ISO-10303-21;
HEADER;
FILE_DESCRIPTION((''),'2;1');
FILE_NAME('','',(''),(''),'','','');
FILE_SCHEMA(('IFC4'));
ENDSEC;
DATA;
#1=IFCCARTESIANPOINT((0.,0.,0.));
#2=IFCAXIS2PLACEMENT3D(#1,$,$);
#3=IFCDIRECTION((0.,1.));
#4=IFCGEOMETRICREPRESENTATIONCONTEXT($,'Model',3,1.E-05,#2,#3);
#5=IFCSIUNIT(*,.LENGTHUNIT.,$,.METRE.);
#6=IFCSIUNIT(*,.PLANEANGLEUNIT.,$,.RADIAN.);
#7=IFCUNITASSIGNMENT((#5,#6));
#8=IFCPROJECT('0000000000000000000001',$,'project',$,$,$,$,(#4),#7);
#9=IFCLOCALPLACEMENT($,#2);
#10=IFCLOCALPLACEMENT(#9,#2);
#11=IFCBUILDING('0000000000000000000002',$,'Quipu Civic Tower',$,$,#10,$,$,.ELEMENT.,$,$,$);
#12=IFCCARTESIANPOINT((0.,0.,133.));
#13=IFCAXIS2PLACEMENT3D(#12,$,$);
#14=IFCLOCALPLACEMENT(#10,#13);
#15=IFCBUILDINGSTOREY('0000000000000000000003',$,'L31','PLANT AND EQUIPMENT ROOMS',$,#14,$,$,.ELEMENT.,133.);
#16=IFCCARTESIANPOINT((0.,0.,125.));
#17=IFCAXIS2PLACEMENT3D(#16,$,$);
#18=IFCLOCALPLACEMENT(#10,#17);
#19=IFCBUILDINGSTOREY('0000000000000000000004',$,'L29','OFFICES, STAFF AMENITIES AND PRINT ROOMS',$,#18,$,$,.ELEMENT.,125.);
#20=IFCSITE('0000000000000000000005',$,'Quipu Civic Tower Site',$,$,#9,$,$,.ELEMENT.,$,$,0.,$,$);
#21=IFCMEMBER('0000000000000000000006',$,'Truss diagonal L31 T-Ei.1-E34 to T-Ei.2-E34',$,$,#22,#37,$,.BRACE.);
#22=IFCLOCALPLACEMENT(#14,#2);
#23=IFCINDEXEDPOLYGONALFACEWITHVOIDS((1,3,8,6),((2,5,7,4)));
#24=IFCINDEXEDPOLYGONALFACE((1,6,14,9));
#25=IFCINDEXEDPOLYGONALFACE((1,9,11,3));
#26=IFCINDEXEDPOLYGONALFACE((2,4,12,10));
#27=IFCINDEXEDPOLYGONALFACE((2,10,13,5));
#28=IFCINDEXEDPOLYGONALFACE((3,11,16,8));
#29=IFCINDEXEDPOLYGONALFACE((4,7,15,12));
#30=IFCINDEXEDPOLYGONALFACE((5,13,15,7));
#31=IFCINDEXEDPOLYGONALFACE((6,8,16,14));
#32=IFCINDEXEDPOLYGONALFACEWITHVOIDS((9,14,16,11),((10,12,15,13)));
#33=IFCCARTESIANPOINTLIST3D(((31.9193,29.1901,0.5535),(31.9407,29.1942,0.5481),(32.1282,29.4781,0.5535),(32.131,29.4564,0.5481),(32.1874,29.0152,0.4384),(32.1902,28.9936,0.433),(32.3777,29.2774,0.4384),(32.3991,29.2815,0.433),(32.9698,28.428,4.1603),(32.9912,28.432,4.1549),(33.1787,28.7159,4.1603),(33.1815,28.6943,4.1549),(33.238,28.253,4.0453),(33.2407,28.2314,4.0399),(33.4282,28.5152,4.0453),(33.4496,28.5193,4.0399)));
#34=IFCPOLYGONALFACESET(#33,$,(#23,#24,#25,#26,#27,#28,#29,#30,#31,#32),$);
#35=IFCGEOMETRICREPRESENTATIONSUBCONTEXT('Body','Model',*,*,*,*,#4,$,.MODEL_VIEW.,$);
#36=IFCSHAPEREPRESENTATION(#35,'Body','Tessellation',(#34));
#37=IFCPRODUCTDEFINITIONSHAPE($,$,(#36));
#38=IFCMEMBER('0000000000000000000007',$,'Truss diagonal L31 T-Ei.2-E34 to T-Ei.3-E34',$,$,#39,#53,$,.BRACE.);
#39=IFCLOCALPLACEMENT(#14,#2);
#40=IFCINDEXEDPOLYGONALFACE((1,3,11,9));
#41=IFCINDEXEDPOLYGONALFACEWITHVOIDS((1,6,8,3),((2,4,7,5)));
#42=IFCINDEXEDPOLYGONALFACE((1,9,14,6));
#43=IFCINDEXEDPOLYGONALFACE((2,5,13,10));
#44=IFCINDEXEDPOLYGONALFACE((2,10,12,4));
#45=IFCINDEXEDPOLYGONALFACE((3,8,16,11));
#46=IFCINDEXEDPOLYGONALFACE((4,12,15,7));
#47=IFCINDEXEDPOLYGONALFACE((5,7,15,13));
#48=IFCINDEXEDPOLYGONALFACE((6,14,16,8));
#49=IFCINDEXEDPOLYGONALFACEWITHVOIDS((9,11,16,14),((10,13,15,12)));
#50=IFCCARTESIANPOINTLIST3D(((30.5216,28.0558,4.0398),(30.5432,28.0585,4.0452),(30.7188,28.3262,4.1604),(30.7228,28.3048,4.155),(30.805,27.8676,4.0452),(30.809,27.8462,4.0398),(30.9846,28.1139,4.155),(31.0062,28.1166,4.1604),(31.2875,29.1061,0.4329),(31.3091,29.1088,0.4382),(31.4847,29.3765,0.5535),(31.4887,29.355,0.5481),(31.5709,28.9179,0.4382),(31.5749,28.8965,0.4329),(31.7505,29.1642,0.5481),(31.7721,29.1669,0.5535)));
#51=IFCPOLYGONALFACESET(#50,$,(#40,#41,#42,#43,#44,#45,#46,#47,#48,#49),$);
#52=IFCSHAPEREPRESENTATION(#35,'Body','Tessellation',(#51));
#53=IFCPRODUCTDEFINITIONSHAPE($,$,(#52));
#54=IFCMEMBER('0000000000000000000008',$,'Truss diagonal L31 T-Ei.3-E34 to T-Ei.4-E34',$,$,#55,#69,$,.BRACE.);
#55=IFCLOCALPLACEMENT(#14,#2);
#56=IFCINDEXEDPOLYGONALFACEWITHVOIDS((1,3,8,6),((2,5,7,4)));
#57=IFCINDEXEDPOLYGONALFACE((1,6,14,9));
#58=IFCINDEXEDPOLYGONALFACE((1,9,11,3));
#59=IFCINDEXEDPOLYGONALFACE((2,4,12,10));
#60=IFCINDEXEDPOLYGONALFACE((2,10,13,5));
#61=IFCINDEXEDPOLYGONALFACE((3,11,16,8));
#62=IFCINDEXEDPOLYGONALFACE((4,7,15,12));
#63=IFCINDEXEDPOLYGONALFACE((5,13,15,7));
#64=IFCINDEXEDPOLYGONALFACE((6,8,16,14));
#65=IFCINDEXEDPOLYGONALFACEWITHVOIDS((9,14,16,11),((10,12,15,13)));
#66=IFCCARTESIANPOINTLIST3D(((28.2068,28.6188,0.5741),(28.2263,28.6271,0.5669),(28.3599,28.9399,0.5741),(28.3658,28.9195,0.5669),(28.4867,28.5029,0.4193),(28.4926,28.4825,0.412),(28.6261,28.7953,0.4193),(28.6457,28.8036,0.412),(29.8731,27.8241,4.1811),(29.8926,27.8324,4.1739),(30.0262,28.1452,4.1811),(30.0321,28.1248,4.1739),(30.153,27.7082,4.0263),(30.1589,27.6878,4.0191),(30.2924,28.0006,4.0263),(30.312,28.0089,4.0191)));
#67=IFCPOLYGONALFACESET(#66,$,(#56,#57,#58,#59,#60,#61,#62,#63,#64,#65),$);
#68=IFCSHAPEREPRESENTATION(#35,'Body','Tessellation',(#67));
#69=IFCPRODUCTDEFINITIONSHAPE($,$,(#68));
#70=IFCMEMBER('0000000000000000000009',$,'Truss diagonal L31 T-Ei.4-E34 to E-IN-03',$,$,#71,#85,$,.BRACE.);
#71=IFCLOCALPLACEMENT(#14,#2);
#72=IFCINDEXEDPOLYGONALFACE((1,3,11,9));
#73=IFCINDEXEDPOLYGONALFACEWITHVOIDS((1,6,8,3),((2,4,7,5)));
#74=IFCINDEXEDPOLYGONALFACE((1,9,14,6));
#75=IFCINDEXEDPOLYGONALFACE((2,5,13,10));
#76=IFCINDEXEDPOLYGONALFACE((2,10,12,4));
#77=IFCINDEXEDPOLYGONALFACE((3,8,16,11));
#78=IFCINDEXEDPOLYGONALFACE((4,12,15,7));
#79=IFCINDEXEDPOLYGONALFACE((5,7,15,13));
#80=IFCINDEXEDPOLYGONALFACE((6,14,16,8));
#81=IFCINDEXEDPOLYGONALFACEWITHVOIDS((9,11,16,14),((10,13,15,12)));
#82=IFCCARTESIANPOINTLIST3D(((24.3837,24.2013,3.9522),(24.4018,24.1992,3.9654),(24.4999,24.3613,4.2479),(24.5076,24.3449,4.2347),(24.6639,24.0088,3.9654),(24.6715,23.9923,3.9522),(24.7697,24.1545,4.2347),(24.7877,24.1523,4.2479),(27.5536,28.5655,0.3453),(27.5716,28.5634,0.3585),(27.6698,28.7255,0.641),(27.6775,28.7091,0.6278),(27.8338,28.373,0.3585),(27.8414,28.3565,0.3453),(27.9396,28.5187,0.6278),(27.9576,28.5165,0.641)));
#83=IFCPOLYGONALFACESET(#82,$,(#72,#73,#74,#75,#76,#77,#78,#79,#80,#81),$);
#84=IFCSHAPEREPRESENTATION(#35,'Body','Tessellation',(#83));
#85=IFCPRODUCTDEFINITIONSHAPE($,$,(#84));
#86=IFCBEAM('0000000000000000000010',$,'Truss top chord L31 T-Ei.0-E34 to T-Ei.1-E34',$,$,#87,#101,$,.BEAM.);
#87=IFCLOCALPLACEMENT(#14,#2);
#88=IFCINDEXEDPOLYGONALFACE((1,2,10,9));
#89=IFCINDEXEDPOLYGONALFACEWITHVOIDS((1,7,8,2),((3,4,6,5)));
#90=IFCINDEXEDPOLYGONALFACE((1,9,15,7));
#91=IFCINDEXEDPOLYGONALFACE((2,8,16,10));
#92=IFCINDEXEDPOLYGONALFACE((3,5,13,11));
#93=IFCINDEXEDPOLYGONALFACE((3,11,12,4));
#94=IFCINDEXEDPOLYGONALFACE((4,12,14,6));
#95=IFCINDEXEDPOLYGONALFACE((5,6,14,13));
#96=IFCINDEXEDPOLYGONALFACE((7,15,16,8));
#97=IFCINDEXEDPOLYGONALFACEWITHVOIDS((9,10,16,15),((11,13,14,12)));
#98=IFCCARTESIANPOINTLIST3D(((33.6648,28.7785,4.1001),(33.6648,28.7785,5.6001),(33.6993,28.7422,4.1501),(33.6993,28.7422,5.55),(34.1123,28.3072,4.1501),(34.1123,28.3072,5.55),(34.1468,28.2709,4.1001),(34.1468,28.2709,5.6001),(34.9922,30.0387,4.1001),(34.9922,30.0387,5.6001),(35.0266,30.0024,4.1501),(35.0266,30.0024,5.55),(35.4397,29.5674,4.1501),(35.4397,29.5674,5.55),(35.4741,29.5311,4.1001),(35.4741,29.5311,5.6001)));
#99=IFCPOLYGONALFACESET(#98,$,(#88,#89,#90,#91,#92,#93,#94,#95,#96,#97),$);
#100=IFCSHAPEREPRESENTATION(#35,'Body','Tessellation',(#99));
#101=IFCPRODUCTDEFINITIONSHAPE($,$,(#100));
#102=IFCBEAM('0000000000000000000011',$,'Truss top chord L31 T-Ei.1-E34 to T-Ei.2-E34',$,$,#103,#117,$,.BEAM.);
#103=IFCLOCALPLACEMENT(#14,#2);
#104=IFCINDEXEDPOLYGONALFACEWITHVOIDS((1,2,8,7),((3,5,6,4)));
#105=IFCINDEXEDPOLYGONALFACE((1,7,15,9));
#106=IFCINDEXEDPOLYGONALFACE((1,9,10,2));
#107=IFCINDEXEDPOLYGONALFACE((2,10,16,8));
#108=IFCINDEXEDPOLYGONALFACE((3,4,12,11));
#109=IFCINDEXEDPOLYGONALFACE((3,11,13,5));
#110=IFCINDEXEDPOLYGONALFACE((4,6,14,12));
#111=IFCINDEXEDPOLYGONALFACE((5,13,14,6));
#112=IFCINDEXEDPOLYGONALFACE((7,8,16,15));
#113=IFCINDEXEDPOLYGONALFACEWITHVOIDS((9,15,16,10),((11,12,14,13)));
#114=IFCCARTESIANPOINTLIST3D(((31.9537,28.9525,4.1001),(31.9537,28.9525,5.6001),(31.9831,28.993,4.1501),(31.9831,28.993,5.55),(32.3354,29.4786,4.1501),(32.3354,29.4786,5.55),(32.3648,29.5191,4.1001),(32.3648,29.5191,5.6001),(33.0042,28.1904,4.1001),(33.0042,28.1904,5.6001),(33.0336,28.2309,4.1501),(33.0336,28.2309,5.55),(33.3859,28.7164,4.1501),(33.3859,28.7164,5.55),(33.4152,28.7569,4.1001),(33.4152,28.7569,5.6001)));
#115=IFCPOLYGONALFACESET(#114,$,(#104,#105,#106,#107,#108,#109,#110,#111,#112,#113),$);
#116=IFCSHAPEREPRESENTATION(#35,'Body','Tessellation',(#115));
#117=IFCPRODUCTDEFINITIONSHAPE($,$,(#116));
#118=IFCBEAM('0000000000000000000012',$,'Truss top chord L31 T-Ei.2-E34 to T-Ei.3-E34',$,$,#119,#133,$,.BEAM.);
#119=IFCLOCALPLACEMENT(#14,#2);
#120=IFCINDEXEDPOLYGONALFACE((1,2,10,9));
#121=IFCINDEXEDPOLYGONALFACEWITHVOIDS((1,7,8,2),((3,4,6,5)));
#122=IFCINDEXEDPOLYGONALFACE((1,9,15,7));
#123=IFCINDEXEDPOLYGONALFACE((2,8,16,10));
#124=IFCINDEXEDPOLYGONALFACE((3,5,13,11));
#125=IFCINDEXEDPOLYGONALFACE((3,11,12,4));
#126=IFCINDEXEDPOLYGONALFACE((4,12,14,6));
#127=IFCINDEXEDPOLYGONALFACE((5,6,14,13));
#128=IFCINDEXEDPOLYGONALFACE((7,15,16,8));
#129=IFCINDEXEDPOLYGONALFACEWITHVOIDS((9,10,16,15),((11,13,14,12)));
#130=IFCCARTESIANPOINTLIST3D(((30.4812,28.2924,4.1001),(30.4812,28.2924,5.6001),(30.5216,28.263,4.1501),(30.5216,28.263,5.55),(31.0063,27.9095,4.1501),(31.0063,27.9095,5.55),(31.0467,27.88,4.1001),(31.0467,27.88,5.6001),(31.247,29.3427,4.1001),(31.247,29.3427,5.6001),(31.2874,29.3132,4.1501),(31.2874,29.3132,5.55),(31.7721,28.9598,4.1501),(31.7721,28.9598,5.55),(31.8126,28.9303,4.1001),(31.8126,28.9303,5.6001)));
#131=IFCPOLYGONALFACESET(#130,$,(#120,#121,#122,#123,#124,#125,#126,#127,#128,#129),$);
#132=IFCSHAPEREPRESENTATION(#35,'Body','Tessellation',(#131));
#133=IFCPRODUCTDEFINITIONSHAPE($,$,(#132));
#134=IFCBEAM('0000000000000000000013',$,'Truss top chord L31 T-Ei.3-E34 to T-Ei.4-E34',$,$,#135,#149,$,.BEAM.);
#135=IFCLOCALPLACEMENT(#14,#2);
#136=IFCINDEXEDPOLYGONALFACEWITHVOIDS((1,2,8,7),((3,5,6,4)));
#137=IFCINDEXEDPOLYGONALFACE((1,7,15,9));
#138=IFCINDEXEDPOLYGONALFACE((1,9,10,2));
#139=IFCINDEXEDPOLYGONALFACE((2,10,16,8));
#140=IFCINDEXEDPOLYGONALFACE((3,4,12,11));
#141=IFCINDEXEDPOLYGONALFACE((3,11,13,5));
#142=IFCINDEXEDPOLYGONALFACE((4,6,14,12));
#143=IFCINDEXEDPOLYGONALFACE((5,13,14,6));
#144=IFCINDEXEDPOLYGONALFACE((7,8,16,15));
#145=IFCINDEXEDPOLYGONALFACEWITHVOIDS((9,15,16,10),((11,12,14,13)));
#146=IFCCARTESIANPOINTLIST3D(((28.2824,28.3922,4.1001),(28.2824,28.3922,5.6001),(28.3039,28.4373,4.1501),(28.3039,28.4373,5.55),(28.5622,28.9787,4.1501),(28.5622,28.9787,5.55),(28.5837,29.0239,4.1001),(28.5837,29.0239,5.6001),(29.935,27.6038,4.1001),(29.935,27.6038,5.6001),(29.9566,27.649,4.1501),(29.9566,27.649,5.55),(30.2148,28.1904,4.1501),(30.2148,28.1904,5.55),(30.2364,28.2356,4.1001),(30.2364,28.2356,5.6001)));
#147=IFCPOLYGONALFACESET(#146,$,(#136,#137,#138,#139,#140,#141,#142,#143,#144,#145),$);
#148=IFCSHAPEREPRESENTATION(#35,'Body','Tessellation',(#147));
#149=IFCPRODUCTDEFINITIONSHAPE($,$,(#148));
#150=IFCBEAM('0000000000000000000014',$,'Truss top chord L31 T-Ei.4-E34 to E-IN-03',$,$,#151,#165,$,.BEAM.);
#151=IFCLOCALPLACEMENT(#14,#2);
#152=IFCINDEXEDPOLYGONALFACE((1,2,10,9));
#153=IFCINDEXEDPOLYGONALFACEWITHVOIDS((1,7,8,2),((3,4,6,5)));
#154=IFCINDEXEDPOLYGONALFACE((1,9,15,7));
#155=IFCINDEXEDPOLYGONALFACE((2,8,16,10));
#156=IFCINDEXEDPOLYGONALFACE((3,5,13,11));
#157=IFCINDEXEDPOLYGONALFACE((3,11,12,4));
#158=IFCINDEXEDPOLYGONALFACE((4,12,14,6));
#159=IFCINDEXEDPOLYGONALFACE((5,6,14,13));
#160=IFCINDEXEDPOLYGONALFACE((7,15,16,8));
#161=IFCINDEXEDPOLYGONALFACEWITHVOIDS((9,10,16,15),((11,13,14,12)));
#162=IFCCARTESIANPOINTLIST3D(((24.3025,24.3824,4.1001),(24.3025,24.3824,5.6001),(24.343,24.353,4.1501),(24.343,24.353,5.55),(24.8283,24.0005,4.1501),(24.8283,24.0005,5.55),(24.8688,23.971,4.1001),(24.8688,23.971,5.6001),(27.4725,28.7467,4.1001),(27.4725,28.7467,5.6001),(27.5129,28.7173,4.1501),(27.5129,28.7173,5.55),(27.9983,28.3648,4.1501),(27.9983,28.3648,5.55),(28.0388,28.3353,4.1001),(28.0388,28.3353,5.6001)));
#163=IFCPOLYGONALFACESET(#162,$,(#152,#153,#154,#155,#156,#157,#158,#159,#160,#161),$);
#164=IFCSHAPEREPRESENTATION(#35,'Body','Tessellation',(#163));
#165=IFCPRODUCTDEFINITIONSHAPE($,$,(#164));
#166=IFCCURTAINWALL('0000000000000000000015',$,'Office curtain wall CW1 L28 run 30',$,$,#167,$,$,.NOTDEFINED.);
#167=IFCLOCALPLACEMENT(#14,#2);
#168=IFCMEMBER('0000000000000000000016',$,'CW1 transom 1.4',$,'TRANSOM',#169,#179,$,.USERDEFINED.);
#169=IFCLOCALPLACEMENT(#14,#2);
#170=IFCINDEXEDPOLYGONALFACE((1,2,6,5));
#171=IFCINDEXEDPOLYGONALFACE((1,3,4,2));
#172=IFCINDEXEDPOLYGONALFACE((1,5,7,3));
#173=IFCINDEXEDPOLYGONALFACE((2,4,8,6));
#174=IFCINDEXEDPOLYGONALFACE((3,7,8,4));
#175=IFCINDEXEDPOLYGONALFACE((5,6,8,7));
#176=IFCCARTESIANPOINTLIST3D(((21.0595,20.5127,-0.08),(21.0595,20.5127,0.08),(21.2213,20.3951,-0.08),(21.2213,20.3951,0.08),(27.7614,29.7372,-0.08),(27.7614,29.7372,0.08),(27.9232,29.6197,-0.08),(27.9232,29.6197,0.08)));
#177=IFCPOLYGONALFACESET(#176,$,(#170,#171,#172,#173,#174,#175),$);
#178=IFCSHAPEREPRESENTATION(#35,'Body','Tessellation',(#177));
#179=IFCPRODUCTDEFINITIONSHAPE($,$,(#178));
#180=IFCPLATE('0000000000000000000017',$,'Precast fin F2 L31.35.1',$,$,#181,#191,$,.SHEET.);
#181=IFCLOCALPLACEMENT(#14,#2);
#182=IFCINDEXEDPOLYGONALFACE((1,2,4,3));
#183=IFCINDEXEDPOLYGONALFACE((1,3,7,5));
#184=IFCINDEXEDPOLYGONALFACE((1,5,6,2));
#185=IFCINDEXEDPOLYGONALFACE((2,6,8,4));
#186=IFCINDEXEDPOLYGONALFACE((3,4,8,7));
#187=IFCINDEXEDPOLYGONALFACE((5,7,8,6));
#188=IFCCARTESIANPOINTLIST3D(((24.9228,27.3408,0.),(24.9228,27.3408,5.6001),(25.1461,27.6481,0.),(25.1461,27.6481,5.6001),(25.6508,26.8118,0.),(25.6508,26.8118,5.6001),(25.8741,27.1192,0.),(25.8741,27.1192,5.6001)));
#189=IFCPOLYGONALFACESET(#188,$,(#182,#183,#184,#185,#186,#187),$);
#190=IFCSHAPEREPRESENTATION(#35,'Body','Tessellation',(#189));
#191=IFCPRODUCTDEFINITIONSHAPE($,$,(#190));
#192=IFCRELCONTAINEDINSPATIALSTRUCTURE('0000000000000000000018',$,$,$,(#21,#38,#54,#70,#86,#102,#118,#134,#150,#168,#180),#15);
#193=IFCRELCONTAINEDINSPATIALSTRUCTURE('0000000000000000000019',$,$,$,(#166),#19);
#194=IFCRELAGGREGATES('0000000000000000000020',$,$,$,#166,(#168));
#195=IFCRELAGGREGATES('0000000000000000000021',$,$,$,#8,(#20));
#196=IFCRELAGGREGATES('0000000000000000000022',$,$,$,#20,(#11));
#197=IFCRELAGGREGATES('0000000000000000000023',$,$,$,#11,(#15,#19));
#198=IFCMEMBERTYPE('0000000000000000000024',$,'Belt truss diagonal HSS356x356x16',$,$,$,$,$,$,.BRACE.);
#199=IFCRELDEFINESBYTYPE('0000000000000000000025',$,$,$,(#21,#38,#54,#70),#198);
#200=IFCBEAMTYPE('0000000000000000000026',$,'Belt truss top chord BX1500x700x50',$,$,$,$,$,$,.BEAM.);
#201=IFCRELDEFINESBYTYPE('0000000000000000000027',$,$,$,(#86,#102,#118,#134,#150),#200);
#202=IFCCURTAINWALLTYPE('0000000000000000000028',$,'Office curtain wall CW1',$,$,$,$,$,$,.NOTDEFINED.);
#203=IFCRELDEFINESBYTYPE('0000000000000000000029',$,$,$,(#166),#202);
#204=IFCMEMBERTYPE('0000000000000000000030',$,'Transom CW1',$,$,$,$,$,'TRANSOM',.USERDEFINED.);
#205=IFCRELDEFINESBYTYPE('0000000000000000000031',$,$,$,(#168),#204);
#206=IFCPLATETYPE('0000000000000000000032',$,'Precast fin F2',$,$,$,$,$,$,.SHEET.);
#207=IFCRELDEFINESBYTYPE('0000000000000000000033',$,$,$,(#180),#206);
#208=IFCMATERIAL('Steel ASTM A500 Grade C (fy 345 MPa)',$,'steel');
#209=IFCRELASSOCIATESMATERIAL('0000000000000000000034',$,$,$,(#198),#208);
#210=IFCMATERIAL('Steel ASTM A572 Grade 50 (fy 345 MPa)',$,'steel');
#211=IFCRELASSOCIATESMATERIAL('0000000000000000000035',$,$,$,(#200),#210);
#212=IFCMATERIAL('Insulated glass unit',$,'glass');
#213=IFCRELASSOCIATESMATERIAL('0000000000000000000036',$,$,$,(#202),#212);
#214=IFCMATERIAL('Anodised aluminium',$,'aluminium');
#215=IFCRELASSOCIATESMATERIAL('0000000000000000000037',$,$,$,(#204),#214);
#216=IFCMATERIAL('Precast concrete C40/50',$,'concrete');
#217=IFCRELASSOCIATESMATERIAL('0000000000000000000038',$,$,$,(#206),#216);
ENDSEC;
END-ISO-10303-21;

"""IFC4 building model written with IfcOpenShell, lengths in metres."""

from ifc_helpers import new_model, si_unit, direction, frame, origin, origin_2d, place, context, subcontext, project, spatial, rectangle, hollow_rectangle, extrude, material, material_profile, profile_set, type_object, element, aggregate, save


model = new_model("IFC4")

# Units and contexts
model_context = context("Model", 3, precision=1e-05, world=origin(), true_north=direction((0.0, 1.0)))
body_context = subcontext(model_context, "Body", "Model", "MODEL_VIEW")
ifc_project = project(units=[si_unit("LENGTHUNIT", "METRE"), si_unit("PLANEANGLEUNIT", "RADIAN")], contexts=[model_context])

# Site, building, storey
site_placement = place(None, origin())
site = spatial("IfcSite", under=ifc_project, at=site_placement, Name="Quipu Civic Tower Site", CompositionType="ELEMENT", RefElevation=0.0)
building_placement = place(site_placement, origin())
building = spatial("IfcBuilding", under=site, at=building_placement, Name="Quipu Civic Tower", CompositionType="ELEMENT")
storey_1_placement = place(building_placement, frame((0.0, 0.0, 133.0)))
storey_1 = spatial("IfcBuildingStorey", under=building, at=storey_1_placement, Name="L31", Description="PLANT AND EQUIPMENT ROOMS", CompositionType="ELEMENT", Elevation=133.0)

# Members
ifc_material_1 = material(Name="Steel ASTM A500 Grade C (fy 345 MPa)", Category="steel")
ifc_material_profile_1 = material_profile(ifc_material_1, hollow_rectangle(XDim=0.3557, YDim=0.3557, WallThickness=0.0159, at=origin_2d()), Name="HSS356x356x16")
ifc_profile_set_1 = profile_set([ifc_material_profile_1], Name="Steel ASTM A500 Grade C (fy 345 MPa)")
member_type_1 = type_object("IfcMemberType", Name="Belt truss diagonal HSS356x356x16", PredefinedType="BRACE", material=ifc_profile_set_1)
member_1_placement = place(storey_1_placement, frame((33.2097, 28.4736, 4.1001), z_axis=(-0.274052, 0.198836, -0.940936), x_axis=(-0.587254, -0.809403, 0.0)))
element("IfcMember", 1, at=member_1_placement, inside=storey_1, type_object=member_type_1, Name="Truss diagonal L31 T-Ei.1-E34 to T-Ei.2-E34", PredefinedType="BRACE", context=body_context, shape_type="SweptSolid", body=[
    extrude(hollow_rectangle(XDim=0.3557, YDim=0.3557, WallThickness=0.0159, at=origin_2d()), origin(), (0.0, 0.0, 1.0), 3.8333),
])
member_2_placement = place(storey_1_placement, frame((31.5298, 29.1365, 0.4932), z_axis=(-0.199757, -0.273941, 0.940773), x_axis=(0.807996, -0.589187, 0.0)))
element("IfcMember", 2, at=member_2_placement, inside=storey_1, type_object=member_type_1, Name="Truss diagonal L31 T-Ei.2-E34 to T-Ei.3-E34", PredefinedType="BRACE", context=body_context, shape_type="SweptSolid", body=[
    extrude(hollow_rectangle(XDim=0.3557, YDim=0.3557, WallThickness=0.0159, at=origin_2d()), origin(), (0.0, 0.0, 1.0), 3.834),
])
member_3_placement = place(storey_1_placement, frame((30.0925, 27.9165, 4.1001), z_axis=(-0.411229, 0.196125, -0.890183), x_axis=(-0.430473, -0.902604, 0.0)))
element("IfcMember", 3, at=member_3_placement, inside=storey_1, type_object=member_type_1, Name="Truss diagonal L31 T-Ei.3-E34 to T-Ei.4-E34", PredefinedType="BRACE", context=body_context, shape_type="SweptSolid", body=[
    extrude(hollow_rectangle(XDim=0.3557, YDim=0.3557, WallThickness=0.0159, at=origin_2d()), origin(), (0.0, 0.0, 1.0), 4.052),
])
member_4_placement = place(storey_1_placement, frame((27.7556, 28.541, 0.4932), z_axis=(-0.488519, -0.672578, 0.555867), x_axis=(0.809096, -0.587676, 0.0)))
element("IfcMember", 4, at=member_4_placement, inside=storey_1, type_object=member_type_1, Name="Truss diagonal L31 T-Ei.4-E34 to E-IN-03", PredefinedType="BRACE", context=body_context, shape_type="SweptSolid", body=[
    extrude(hollow_rectangle(XDim=0.3557, YDim=0.3557, WallThickness=0.0159, at=origin_2d()), origin(), (0.0, 0.0, 1.0), 6.4888),
])

# Beams
ifc_material_2 = material(Name="Steel ASTM A572 Grade 50 (fy 345 MPa)", Category="steel")
ifc_material_profile_2 = material_profile(ifc_material_2, hollow_rectangle(XDim=0.7, YDim=1.5, WallThickness=0.05, at=origin_2d()), Name="BX1500x700x50")
ifc_profile_set_2 = profile_set([ifc_material_profile_2], Name="Steel ASTM A572 Grade 50 (fy 345 MPa)")
beam_type_1 = type_object("IfcBeamType", Name="Belt truss top chord BX1500x700x50", PredefinedType="BEAM", material=ifc_profile_set_2)
beam_1_placement = place(storey_1_placement, frame((35.2332, 29.7849, 4.8501), z_axis=(-0.725209, -0.688529, 0.0), x_axis=(0.688529, -0.725209, 0.0)))
element("IfcBeam", 5, at=beam_1_placement, inside=storey_1, type_object=beam_type_1, Name="Truss top chord L31 T-Ei.0-E34 to T-Ei.1-E34", PredefinedType="BEAM", context=body_context, shape_type="SweptSolid", body=[
    extrude(hollow_rectangle(XDim=0.7, YDim=1.5, WallThickness=0.05, at=origin_2d()), origin(), (0.0, 0.0, 1.0), 1.8303),
])
beam_2_placement = place(storey_1_placement, frame((33.2097, 28.4736, 4.8501), z_axis=(-0.809403, 0.587254, 0.0), x_axis=(-0.587254, -0.809403, 0.0)))
element("IfcBeam", 6, at=beam_2_placement, inside=storey_1, type_object=beam_type_1, Name="Truss top chord L31 T-Ei.1-E34 to T-Ei.2-E34", PredefinedType="BEAM", context=body_context, shape_type="SweptSolid", body=[
    extrude(hollow_rectangle(XDim=0.7, YDim=1.5, WallThickness=0.05, at=origin_2d()), origin(), (0.0, 0.0, 1.0), 1.2979),
])
beam_3_placement = place(storey_1_placement, frame((31.5298, 29.1365, 4.8501), z_axis=(-0.589187, -0.807996, 0.0), x_axis=(0.807996, -0.589187, 0.0)))
element("IfcBeam", 7, at=beam_3_placement, inside=storey_1, type_object=beam_type_1, Name="Truss top chord L31 T-Ei.2-E34 to T-Ei.3-E34", PredefinedType="BEAM", context=body_context, shape_type="SweptSolid", body=[
    extrude(hollow_rectangle(XDim=0.7, YDim=1.5, WallThickness=0.05, at=origin_2d()), origin(), (0.0, 0.0, 1.0), 1.2998),
])
beam_4_placement = place(storey_1_placement, frame((30.0857, 27.9197, 4.8501), z_axis=(-0.902567, 0.430549, 0.0), x_axis=(-0.430549, -0.902567, 0.0)))
element("IfcBeam", 8, at=beam_4_placement, inside=storey_1, type_object=beam_type_1, Name="Truss top chord L31 T-Ei.3-E34 to T-Ei.4-E34", PredefinedType="BEAM", context=body_context, shape_type="SweptSolid", body=[
    extrude(hollow_rectangle(XDim=0.7, YDim=1.5, WallThickness=0.05, at=origin_2d()), origin(), (0.0, 0.0, 1.0), 1.8311),
])
beam_5_placement = place(storey_1_placement, frame((27.7556, 28.541, 4.8501), z_axis=(-0.587676, -0.809096, 0.0), x_axis=(0.809096, -0.587676, 0.0)))
element("IfcBeam", 9, at=beam_5_placement, inside=storey_1, type_object=beam_type_1, Name="Truss top chord L31 T-Ei.4-E34 to E-IN-03", PredefinedType="BEAM", context=body_context, shape_type="SweptSolid", body=[
    extrude(hollow_rectangle(XDim=0.7, YDim=1.5, WallThickness=0.05, at=origin_2d()), origin(), (0.0, 0.0, 1.0), 5.394),
])

# Shared definitions
storey_2_placement = place(building_placement, frame((0.0, 0.0, 125.0)))
storey_2 = spatial("IfcBuildingStorey", under=building, at=storey_2_placement, Name="L29", Description="OFFICES, STAFF AMENITIES AND PRINT ROOMS", CompositionType="ELEMENT", Elevation=125.0)

# Curtain wall, member
ifc_material_3 = material(Name="Insulated glass unit", Category="glass")
curtain_wall_type = type_object("IfcCurtainWallType", Name="Office curtain wall CW1", PredefinedType="NOTDEFINED", material=ifc_material_3)
curtain_wall_placement = place(storey_2_placement, origin())
curtain_wall = element("IfcCurtainWall", 10, at=curtain_wall_placement, inside=storey_2, type_object=curtain_wall_type, Name="Office curtain wall CW1 L28 run 30", PredefinedType="NOTDEFINED")
ifc_material_4 = material(Name="Anodised aluminium", Category="aluminium")
ifc_material_profile_3 = material_profile(ifc_material_4, rectangle(XDim=0.2, YDim=0.1599, at=origin_2d()), Name="RECT 200x160")
ifc_profile_set_3 = profile_set([ifc_material_profile_3], Name="Anodised aluminium")
member_type_2 = type_object("IfcMemberType", Name="Transom CW1", ElementType="TRANSOM", PredefinedType="USERDEFINED", material=ifc_profile_set_3)
member_5_placement = place(storey_1_placement, frame((27.8423, 29.6785, 0.0), z_axis=(-0.587776, -0.809024, 0.0), x_axis=(0.809024, -0.587776, 0.0)))
member_5 = element("IfcMember", 11, at=member_5_placement, inside=storey_1, type_object=member_type_2, Name="CW1 transom 1.4", ObjectType="TRANSOM", PredefinedType="USERDEFINED", context=body_context, shape_type="SweptSolid", body=[
    extrude(rectangle(XDim=0.2, YDim=0.1599, at=origin_2d()), origin(), (0.0, 0.0, 1.0), 11.4021),
])
aggregate(curtain_wall, [member_5])

# Plate
ifc_material_5 = material(Name="Precast concrete C40/50", Category="concrete")
plate_type = type_object("IfcPlateType", Name="Precast fin F2", PredefinedType="SHEET", material=ifc_material_5)
plate_placement = place(storey_1_placement, frame((25.3984, 27.23, 0.0), z_axis=(0.0, 0.0, 1.0), x_axis=(-0.587787, -0.809016, 0.0)))
element("IfcPlate", 12, at=plate_placement, inside=storey_1, type_object=plate_type, Name="Precast fin F2 L31.35.1", PredefinedType="SHEET", context=body_context, shape_type="SweptSolid", body=[
    extrude(rectangle(XDim=0.3799, YDim=0.8999, at=origin_2d()), origin(), (0.0, 0.0, 1.0), 5.6001),
])

save(model, "model.ifc")
